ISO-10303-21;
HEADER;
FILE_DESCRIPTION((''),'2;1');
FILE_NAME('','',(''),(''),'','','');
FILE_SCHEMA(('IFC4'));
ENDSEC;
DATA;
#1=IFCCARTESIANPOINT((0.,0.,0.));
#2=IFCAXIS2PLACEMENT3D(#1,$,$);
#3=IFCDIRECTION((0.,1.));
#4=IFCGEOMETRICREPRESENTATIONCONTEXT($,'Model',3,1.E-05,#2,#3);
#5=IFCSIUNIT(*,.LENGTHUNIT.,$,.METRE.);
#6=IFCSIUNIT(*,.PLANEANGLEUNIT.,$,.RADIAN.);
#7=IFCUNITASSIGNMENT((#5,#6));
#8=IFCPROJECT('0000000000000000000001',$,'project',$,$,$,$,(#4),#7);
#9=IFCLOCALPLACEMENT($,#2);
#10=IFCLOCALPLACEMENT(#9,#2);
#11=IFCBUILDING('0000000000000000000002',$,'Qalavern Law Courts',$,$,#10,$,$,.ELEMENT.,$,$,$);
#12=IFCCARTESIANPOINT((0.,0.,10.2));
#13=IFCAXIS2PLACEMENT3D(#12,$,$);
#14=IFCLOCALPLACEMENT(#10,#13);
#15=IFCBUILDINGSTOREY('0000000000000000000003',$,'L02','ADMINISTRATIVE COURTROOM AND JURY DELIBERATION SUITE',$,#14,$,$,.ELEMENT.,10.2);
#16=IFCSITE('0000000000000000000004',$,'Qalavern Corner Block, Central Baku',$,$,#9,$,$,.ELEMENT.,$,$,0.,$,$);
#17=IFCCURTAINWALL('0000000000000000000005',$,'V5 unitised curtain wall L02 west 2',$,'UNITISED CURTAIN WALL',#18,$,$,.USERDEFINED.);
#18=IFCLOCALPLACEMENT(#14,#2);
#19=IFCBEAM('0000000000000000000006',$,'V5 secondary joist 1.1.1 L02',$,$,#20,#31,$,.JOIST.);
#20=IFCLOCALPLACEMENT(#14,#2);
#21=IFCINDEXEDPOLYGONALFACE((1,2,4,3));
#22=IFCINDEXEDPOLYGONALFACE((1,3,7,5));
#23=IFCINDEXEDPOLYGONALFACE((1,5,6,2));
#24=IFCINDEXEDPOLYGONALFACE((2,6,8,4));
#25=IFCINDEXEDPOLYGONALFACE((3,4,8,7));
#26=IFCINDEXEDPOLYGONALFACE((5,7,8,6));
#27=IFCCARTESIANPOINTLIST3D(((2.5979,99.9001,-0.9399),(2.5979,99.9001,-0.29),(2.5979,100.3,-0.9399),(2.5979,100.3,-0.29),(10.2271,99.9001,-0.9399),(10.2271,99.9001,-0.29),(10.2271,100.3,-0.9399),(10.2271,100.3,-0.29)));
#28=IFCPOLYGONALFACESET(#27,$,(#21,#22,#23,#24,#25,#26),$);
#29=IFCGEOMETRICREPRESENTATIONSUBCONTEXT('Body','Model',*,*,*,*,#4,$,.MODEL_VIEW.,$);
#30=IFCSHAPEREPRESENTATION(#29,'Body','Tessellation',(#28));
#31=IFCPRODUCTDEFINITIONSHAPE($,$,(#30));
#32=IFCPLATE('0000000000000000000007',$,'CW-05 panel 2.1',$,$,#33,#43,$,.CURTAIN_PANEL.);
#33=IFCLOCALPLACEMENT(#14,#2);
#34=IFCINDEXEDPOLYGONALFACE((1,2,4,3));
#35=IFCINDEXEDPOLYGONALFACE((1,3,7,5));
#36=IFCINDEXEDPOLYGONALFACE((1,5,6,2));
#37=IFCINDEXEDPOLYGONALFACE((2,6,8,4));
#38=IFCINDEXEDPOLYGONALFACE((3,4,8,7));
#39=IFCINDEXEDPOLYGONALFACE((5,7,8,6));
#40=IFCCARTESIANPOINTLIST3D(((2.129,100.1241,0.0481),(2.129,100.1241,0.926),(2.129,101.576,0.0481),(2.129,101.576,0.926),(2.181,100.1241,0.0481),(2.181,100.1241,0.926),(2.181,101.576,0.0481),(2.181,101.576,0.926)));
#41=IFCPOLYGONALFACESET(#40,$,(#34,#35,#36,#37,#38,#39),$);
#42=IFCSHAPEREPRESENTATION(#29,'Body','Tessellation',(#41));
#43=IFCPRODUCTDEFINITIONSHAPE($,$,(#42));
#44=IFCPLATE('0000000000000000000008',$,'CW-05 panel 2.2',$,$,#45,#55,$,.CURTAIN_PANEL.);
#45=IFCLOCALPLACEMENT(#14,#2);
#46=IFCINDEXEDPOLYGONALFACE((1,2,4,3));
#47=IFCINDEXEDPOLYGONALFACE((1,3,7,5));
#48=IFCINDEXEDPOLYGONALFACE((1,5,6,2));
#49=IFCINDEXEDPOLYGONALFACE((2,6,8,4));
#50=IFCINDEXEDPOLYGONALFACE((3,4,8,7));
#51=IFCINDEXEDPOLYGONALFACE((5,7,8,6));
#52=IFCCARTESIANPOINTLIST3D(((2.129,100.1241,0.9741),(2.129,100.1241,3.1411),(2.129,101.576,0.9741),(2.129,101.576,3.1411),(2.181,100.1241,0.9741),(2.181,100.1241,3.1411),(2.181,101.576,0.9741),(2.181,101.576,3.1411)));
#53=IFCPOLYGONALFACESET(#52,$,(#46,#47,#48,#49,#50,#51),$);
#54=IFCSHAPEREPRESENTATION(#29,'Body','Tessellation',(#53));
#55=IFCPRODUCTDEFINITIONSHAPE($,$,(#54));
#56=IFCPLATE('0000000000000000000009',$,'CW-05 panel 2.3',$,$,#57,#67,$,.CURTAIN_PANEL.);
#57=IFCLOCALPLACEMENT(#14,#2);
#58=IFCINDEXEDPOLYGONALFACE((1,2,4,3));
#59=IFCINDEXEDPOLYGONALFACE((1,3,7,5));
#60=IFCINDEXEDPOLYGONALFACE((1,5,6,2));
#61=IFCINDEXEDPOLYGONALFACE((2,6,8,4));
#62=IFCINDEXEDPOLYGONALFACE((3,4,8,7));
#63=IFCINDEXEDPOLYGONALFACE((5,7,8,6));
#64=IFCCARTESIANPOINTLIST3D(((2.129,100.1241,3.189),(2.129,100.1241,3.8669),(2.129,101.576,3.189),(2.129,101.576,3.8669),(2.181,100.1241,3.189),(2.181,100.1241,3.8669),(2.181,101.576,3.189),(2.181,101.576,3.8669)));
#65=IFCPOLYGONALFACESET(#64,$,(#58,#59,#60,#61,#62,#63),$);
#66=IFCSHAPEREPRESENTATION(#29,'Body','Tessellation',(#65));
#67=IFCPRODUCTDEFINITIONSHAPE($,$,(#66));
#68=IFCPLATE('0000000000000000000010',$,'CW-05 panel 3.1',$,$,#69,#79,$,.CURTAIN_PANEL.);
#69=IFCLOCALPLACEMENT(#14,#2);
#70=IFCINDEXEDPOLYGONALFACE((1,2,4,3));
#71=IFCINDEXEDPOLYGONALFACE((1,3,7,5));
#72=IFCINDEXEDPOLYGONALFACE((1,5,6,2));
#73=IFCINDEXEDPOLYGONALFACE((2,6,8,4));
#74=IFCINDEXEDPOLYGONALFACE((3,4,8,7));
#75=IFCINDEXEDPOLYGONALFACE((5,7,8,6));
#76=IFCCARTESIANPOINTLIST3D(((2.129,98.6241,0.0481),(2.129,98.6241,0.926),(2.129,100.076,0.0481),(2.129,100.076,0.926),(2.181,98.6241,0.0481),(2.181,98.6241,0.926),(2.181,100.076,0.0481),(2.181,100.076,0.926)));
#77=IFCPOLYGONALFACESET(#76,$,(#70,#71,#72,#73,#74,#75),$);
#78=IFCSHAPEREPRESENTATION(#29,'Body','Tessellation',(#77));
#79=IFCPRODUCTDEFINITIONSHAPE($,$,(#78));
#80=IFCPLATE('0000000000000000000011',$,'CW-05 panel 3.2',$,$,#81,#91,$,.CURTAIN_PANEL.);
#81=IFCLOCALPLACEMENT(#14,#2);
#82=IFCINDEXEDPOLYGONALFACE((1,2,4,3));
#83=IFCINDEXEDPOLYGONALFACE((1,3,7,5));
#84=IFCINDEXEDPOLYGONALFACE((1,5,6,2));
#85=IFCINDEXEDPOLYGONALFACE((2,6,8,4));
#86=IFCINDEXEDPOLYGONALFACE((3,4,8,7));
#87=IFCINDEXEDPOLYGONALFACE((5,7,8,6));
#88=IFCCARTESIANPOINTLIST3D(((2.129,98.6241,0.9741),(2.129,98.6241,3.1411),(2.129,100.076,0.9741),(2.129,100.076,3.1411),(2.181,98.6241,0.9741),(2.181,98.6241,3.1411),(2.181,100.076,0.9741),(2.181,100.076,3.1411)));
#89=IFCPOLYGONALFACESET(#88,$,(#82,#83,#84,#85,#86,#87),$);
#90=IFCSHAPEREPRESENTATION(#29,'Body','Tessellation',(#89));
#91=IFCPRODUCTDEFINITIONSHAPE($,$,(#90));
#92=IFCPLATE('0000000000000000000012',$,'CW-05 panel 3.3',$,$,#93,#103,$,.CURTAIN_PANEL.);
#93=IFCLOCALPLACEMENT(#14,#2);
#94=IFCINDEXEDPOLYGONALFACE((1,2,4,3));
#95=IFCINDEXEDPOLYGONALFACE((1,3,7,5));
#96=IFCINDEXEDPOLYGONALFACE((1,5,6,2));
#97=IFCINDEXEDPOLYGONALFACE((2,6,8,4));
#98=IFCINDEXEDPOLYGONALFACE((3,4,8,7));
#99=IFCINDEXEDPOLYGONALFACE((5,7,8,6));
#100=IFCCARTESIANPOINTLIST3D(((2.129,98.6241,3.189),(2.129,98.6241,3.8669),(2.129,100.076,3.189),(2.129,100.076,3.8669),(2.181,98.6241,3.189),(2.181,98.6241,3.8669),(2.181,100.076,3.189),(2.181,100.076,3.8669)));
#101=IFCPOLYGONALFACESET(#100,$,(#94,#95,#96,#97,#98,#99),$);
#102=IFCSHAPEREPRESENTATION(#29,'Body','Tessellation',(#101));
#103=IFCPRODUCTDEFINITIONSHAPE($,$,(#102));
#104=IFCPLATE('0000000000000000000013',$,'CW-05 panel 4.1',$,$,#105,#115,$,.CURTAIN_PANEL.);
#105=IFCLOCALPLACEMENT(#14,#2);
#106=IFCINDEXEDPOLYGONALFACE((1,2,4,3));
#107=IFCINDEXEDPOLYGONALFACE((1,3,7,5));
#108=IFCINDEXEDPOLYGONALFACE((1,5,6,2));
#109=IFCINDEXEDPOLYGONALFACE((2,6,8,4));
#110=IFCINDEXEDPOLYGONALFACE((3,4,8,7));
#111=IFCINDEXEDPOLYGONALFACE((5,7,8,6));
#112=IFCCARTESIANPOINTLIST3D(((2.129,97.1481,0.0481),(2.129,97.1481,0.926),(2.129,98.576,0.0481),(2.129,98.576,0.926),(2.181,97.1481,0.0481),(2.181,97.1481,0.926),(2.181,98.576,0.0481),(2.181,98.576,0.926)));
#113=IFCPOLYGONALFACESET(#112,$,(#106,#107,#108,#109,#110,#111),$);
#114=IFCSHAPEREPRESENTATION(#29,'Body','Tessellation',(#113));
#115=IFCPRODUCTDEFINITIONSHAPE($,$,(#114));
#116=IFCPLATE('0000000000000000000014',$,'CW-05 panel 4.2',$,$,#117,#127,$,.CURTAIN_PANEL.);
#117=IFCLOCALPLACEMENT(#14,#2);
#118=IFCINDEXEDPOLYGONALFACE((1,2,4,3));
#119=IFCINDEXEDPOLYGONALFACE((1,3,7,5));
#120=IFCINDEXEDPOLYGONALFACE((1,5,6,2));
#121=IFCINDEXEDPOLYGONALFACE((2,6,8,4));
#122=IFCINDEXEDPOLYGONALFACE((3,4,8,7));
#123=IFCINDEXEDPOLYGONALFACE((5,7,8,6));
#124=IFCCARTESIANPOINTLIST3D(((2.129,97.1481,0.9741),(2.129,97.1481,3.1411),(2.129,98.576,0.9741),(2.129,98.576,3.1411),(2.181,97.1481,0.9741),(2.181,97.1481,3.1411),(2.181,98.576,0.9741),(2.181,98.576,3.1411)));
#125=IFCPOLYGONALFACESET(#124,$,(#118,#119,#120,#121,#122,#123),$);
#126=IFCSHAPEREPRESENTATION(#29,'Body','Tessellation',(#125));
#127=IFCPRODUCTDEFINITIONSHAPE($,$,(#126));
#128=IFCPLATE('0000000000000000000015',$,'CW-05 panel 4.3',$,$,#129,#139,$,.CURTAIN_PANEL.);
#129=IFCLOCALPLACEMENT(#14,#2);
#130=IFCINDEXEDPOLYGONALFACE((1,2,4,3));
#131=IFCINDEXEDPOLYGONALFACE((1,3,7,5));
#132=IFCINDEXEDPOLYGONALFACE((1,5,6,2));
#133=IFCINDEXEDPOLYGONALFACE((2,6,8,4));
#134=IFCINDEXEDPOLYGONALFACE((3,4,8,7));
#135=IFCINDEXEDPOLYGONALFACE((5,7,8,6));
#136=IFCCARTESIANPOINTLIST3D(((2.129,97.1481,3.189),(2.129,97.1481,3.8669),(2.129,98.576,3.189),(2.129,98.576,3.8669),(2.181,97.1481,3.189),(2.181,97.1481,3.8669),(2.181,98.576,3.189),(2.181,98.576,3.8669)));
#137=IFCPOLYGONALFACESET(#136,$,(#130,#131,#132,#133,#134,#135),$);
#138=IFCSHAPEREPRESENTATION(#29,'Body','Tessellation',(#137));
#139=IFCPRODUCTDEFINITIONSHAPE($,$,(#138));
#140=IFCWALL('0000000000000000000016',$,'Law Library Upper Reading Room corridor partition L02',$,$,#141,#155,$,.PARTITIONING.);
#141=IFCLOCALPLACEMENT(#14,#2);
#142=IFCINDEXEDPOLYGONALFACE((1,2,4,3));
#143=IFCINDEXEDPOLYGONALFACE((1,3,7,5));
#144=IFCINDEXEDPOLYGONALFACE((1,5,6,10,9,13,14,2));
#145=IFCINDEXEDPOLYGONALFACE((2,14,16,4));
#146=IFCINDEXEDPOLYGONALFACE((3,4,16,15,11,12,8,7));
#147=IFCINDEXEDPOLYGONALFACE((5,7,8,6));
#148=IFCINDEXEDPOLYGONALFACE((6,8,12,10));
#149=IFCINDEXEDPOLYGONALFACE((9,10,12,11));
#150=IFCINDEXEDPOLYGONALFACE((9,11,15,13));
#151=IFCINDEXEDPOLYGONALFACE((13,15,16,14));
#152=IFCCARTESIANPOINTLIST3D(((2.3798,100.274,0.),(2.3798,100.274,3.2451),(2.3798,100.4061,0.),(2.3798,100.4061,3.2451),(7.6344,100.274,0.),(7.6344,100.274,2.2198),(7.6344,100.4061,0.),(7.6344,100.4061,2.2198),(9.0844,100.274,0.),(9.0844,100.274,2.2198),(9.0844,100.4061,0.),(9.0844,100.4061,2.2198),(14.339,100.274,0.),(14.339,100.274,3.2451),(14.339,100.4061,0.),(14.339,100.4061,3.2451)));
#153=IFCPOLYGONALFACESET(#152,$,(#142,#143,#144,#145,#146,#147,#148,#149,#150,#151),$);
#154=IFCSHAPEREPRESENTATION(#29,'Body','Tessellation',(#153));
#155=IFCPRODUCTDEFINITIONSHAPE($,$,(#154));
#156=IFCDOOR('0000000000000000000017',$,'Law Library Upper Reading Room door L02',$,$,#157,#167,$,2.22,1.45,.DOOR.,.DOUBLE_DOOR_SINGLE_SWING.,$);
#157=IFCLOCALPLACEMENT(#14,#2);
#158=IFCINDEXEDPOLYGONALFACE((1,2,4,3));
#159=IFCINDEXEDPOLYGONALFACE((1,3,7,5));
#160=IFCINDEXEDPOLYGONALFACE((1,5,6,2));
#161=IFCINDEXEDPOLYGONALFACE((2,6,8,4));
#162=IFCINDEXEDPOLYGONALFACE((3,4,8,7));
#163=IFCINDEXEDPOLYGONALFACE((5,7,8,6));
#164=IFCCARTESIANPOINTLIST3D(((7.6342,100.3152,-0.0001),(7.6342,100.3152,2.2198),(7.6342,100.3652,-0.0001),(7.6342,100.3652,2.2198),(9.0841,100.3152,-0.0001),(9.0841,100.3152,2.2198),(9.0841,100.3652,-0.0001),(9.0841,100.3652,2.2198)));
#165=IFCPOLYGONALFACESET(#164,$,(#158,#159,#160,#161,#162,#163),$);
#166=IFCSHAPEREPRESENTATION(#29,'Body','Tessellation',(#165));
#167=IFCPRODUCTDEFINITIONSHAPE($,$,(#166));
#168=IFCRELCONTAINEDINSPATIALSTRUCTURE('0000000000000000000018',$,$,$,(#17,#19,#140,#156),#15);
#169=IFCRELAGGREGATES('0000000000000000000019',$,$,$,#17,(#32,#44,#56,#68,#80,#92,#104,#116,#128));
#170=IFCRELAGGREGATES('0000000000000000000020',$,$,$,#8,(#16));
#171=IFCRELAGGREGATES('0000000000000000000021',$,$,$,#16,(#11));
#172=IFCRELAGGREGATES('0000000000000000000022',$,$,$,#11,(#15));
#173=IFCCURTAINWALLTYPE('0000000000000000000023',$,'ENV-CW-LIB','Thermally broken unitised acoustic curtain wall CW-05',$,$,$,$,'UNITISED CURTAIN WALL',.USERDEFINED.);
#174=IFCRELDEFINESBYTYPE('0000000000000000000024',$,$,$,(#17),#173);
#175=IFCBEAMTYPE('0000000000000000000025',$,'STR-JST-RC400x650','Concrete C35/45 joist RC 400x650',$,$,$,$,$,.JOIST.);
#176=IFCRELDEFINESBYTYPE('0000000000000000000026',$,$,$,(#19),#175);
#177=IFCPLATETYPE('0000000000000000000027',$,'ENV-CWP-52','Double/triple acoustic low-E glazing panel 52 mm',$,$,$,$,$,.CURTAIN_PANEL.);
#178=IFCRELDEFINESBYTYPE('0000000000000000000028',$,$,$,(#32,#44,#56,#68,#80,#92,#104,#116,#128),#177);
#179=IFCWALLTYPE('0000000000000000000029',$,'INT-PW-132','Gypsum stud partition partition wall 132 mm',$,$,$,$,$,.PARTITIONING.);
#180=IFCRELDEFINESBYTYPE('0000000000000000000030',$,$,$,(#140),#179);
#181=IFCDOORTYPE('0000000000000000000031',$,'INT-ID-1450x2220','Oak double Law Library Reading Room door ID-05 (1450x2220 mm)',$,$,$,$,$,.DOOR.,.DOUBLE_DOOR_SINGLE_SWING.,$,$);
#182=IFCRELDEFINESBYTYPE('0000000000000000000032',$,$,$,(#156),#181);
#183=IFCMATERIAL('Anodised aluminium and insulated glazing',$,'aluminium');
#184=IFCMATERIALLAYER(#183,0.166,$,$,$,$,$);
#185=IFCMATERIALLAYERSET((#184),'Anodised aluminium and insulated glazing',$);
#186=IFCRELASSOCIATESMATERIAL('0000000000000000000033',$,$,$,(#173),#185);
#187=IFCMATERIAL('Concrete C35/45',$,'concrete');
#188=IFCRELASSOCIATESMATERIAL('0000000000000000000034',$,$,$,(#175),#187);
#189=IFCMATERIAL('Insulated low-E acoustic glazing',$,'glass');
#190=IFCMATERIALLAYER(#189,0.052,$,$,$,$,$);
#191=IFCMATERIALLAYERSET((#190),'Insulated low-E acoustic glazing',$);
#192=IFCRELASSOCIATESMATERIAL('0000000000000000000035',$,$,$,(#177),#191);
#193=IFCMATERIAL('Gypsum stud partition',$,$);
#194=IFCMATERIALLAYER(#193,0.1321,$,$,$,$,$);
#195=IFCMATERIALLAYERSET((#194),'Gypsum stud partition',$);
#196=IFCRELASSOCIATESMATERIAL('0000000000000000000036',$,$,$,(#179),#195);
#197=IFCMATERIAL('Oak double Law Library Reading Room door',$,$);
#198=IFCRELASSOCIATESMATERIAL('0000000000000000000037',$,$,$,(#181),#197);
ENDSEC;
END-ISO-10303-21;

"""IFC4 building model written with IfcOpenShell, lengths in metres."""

from ifc_helpers import new_model, si_unit, direction, frame, frame_2d, origin, origin_2d, place, context, subcontext, project, spatial, rectangle, extrude, material, layer, layer_set, material_profile, profile_set, type_object, element, fill, aggregate, save


model = new_model("IFC4")

# Units and contexts
model_context = context("Model", 3, precision=1e-05, world=origin(), true_north=direction((0.0, 1.0)))
body_context = subcontext(model_context, "Body", "Model", "MODEL_VIEW")
ifc_project = project(units=[si_unit("LENGTHUNIT", "METRE"), si_unit("PLANEANGLEUNIT", "RADIAN")], contexts=[model_context])

# Site, building, storey
site_placement = place(None, origin())
site = spatial("IfcSite", under=ifc_project, at=site_placement, Name="Qalavern Corner Block, Central Baku", CompositionType="ELEMENT", RefElevation=0.0)
building_placement = place(site_placement, origin())
building = spatial("IfcBuilding", under=site, at=building_placement, Name="Qalavern Law Courts", CompositionType="ELEMENT")
storey_placement = place(building_placement, frame((0.0, 0.0, 10.2)))
storey = spatial("IfcBuildingStorey", under=building, at=storey_placement, Name="L02", Description="ADMINISTRATIVE COURTROOM AND JURY DELIBERATION SUITE", CompositionType="ELEMENT", Elevation=10.2)

# Curtain wall
ifc_material_1 = material(Name="Anodised aluminium and insulated glazing", Category="aluminium")
ifc_layer_1 = layer(ifc_material_1, 0.166)
ifc_layer_set_1 = layer_set([ifc_layer_1], Name="Anodised aluminium and insulated glazing")
curtain_wall_type = type_object("IfcCurtainWallType", Name="ENV-CW-LIB", Description="Thermally broken unitised acoustic curtain wall CW-05", ElementType="UNITISED CURTAIN WALL", PredefinedType="USERDEFINED", material=ifc_layer_set_1)
curtain_wall_placement = place(storey_placement, origin())
curtain_wall = element("IfcCurtainWall", 1, at=curtain_wall_placement, inside=storey, type_object=curtain_wall_type, Name="V5 unitised curtain wall L02 west 2", ObjectType="UNITISED CURTAIN WALL", PredefinedType="USERDEFINED")

# Beam
ifc_material_2 = material(Name="Concrete C35/45", Category="concrete")
ifc_material_profile_1 = material_profile(ifc_material_2, rectangle(XDim=0.3999, YDim=0.6499, at=origin_2d()), Name="RC 400x650")
ifc_profile_set_1 = profile_set([ifc_material_profile_1], Name="Concrete C35/45")
beam_type = type_object("IfcBeamType", Name="STR-JST-RC400x650", Description="Concrete C35/45 joist RC 400x650", PredefinedType="JOIST", material=ifc_profile_set_1)
beam_placement = place(storey_placement, frame((2.5979, 100.1001, -0.615), z_axis=(1.0, 0.0, 0.0), x_axis=(0.0, 1.0, 0.0)))
element("IfcBeam", 2, at=beam_placement, inside=storey, type_object=beam_type, Name="V5 secondary joist 1.1.1 L02", PredefinedType="JOIST", context=body_context, shape_type="SweptSolid", body=[
    extrude(rectangle(XDim=0.3999, YDim=0.6499, at=origin_2d()), origin(), (0.0, 0.0, 1.0), 7.6292),
])

# Plates
ifc_material_3 = material(Name="Insulated low-E acoustic glazing", Category="glass")
ifc_layer_2 = layer(ifc_material_3, 0.052)
ifc_layer_set_2 = layer_set([ifc_layer_2], Name="Insulated low-E acoustic glazing")
plate_type = type_object("IfcPlateType", Name="ENV-CWP-52", Description="Double/triple acoustic low-E glazing panel 52 mm", PredefinedType="CURTAIN_PANEL", material=ifc_layer_set_2)
plate_1_placement = place(storey_placement, frame((2.155, 100.8501, 0.0481), z_axis=(0.0, 0.0, 1.0), x_axis=(0.0, -1.0, 0.0)))
plate_1 = element("IfcPlate", 3, at=plate_1_placement, type_object=plate_type, Name="CW-05 panel 2.1", PredefinedType="CURTAIN_PANEL", context=body_context, shape_type="SweptSolid", body=[
    extrude(rectangle(XDim=1.4519, YDim=0.052, at=origin_2d()), origin(), (0.0, 0.0, 1.0), 0.8779),
])
plate_2_placement = place(storey_placement, frame((2.155, 100.8501, 0.9741), z_axis=(0.0, 0.0, 1.0), x_axis=(0.0, -1.0, 0.0)))
plate_2 = element("IfcPlate", 4, at=plate_2_placement, type_object=plate_type, Name="CW-05 panel 2.2", PredefinedType="CURTAIN_PANEL", context=body_context, shape_type="SweptSolid", body=[
    extrude(rectangle(XDim=1.4519, YDim=0.052, at=origin_2d()), origin(), (0.0, 0.0, 1.0), 2.167),
])
plate_3_placement = place(storey_placement, frame((2.155, 100.8501, 3.189), z_axis=(0.0, 0.0, 1.0), x_axis=(0.0, -1.0, 0.0)))
plate_3 = element("IfcPlate", 5, at=plate_3_placement, type_object=plate_type, Name="CW-05 panel 2.3", PredefinedType="CURTAIN_PANEL", context=body_context, shape_type="SweptSolid", body=[
    extrude(rectangle(XDim=1.4519, YDim=0.052, at=origin_2d()), origin(), (0.0, 0.0, 1.0), 0.678),
])
plate_4_placement = place(storey_placement, frame((2.155, 99.3501, 0.0481), z_axis=(0.0, 0.0, 1.0), x_axis=(0.0, -1.0, 0.0)))
plate_4 = element("IfcPlate", 6, at=plate_4_placement, type_object=plate_type, Name="CW-05 panel 3.1", PredefinedType="CURTAIN_PANEL", context=body_context, shape_type="SweptSolid", body=[
    extrude(rectangle(XDim=1.4519, YDim=0.052, at=origin_2d()), origin(), (0.0, 0.0, 1.0), 0.8779),
])
plate_5_placement = place(storey_placement, frame((2.155, 99.3501, 0.9741), z_axis=(0.0, 0.0, 1.0), x_axis=(0.0, -1.0, 0.0)))
plate_5 = element("IfcPlate", 7, at=plate_5_placement, type_object=plate_type, Name="CW-05 panel 3.2", PredefinedType="CURTAIN_PANEL", context=body_context, shape_type="SweptSolid", body=[
    extrude(rectangle(XDim=1.4519, YDim=0.052, at=origin_2d()), origin(), (0.0, 0.0, 1.0), 2.167),
])
plate_6_placement = place(storey_placement, frame((2.155, 99.3501, 3.189), z_axis=(0.0, 0.0, 1.0), x_axis=(0.0, -1.0, 0.0)))
plate_6 = element("IfcPlate", 8, at=plate_6_placement, type_object=plate_type, Name="CW-05 panel 3.3", PredefinedType="CURTAIN_PANEL", context=body_context, shape_type="SweptSolid", body=[
    extrude(rectangle(XDim=1.4519, YDim=0.052, at=origin_2d()), origin(), (0.0, 0.0, 1.0), 0.678),
])
plate_7_placement = place(storey_placement, frame((2.155, 97.8621, 0.0481), z_axis=(0.0, 0.0, 1.0), x_axis=(0.0, -1.0, 0.0)))
plate_7 = element("IfcPlate", 9, at=plate_7_placement, type_object=plate_type, Name="CW-05 panel 4.1", PredefinedType="CURTAIN_PANEL", context=body_context, shape_type="SweptSolid", body=[
    extrude(rectangle(XDim=1.428, YDim=0.052, at=origin_2d()), origin(), (0.0, 0.0, 1.0), 0.8779),
])
plate_8_placement = place(storey_placement, frame((2.155, 97.8621, 0.9741), z_axis=(0.0, 0.0, 1.0), x_axis=(0.0, -1.0, 0.0)))
plate_8 = element("IfcPlate", 10, at=plate_8_placement, type_object=plate_type, Name="CW-05 panel 4.2", PredefinedType="CURTAIN_PANEL", context=body_context, shape_type="SweptSolid", body=[
    extrude(rectangle(XDim=1.428, YDim=0.052, at=origin_2d()), origin(), (0.0, 0.0, 1.0), 2.167),
])
plate_9_placement = place(storey_placement, frame((2.155, 97.8621, 3.189), z_axis=(0.0, 0.0, 1.0), x_axis=(0.0, -1.0, 0.0)))
plate_9 = element("IfcPlate", 11, at=plate_9_placement, type_object=plate_type, Name="CW-05 panel 4.3", PredefinedType="CURTAIN_PANEL", context=body_context, shape_type="SweptSolid", body=[
    extrude(rectangle(XDim=1.428, YDim=0.052, at=origin_2d()), origin(), (0.0, 0.0, 1.0), 0.678),
])
aggregate(curtain_wall, [plate_1, plate_2, plate_3, plate_4, plate_5, plate_6, plate_7, plate_8, plate_9])

# Wall, opening, door
ifc_material_4 = material(Name="Gypsum stud partition")
ifc_layer_3 = layer(ifc_material_4, 0.1321)
ifc_layer_set_3 = layer_set([ifc_layer_3], Name="Gypsum stud partition")
wall_type = type_object("IfcWallType", Name="INT-PW-132", Description="Gypsum stud partition partition wall 132 mm", PredefinedType="PARTITIONING", material=ifc_layer_set_3)
wall_placement = place(storey_placement, frame((2.3799, 100.3401, 0.0), z_axis=(0.0, 0.0, 1.0), x_axis=(1.0, 0.0, 0.0)))
wall = element("IfcWall", 12, at=wall_placement, inside=storey, type_object=wall_type, Name="Law Library Upper Reading Room corridor partition L02", PredefinedType="PARTITIONING", context=body_context, shape_type="SweptSolid", body=[
    extrude(rectangle(XDim=11.9592, YDim=0.1321, at=frame_2d((5.9795, 0.0))), origin(), (0.0, 0.0, 1.0), 3.2451),
])
opening_placement = place(wall_placement, frame((5.2544, 0.0, 0.0)))
opening = element("IfcOpeningElement", 13, at=opening_placement, cuts=wall, PredefinedType="OPENING", context=body_context, shape_type="SweptSolid", body=[
    extrude(rectangle(XDim=1.45, YDim=2.22, at=frame_2d((0.7251, 1.1099))), frame((0.0, 0.0811, 0.0), z_axis=(0.0, -1.0, 0.0), x_axis=(1.0, 0.0, 0.0)), (0.0, 0.0, 1.0), 0.1619),
])
ifc_material_5 = material(Name="Oak double Law Library Reading Room door")
door_type = type_object("IfcDoorType", Name="INT-ID-1450x2220", Description="Oak double Law Library Reading Room door ID-05 (1450x2220 mm)", OperationType="DOUBLE_DOOR_SINGLE_SWING", PredefinedType="DOOR", material=ifc_material_5)
door_placement = place(opening_placement, frame((1.45, 0.0, 0.0), z_axis=(0.0, 0.0, 1.0), x_axis=(-1.0, 0.0, 0.0)))
door = element("IfcDoor", 14, at=door_placement, inside=storey, type_object=door_type, Name="Law Library Upper Reading Room door L02", OperationType="DOUBLE_DOOR_SINGLE_SWING", OverallHeight=2.22, OverallWidth=1.45, PredefinedType="DOOR", context=body_context, shape_type="SweptSolid", body=[
    extrude(rectangle(XDim=1.45, YDim=2.22, at=frame_2d((0.7251, 1.1099))), frame((0.0, 0.0249, 0.0), z_axis=(0.0, -1.0, 0.0), x_axis=(1.0, 0.0, 0.0)), (0.0, 0.0, 1.0), 0.05),
])
fill(opening, door)

save(model, "model.ifc")
